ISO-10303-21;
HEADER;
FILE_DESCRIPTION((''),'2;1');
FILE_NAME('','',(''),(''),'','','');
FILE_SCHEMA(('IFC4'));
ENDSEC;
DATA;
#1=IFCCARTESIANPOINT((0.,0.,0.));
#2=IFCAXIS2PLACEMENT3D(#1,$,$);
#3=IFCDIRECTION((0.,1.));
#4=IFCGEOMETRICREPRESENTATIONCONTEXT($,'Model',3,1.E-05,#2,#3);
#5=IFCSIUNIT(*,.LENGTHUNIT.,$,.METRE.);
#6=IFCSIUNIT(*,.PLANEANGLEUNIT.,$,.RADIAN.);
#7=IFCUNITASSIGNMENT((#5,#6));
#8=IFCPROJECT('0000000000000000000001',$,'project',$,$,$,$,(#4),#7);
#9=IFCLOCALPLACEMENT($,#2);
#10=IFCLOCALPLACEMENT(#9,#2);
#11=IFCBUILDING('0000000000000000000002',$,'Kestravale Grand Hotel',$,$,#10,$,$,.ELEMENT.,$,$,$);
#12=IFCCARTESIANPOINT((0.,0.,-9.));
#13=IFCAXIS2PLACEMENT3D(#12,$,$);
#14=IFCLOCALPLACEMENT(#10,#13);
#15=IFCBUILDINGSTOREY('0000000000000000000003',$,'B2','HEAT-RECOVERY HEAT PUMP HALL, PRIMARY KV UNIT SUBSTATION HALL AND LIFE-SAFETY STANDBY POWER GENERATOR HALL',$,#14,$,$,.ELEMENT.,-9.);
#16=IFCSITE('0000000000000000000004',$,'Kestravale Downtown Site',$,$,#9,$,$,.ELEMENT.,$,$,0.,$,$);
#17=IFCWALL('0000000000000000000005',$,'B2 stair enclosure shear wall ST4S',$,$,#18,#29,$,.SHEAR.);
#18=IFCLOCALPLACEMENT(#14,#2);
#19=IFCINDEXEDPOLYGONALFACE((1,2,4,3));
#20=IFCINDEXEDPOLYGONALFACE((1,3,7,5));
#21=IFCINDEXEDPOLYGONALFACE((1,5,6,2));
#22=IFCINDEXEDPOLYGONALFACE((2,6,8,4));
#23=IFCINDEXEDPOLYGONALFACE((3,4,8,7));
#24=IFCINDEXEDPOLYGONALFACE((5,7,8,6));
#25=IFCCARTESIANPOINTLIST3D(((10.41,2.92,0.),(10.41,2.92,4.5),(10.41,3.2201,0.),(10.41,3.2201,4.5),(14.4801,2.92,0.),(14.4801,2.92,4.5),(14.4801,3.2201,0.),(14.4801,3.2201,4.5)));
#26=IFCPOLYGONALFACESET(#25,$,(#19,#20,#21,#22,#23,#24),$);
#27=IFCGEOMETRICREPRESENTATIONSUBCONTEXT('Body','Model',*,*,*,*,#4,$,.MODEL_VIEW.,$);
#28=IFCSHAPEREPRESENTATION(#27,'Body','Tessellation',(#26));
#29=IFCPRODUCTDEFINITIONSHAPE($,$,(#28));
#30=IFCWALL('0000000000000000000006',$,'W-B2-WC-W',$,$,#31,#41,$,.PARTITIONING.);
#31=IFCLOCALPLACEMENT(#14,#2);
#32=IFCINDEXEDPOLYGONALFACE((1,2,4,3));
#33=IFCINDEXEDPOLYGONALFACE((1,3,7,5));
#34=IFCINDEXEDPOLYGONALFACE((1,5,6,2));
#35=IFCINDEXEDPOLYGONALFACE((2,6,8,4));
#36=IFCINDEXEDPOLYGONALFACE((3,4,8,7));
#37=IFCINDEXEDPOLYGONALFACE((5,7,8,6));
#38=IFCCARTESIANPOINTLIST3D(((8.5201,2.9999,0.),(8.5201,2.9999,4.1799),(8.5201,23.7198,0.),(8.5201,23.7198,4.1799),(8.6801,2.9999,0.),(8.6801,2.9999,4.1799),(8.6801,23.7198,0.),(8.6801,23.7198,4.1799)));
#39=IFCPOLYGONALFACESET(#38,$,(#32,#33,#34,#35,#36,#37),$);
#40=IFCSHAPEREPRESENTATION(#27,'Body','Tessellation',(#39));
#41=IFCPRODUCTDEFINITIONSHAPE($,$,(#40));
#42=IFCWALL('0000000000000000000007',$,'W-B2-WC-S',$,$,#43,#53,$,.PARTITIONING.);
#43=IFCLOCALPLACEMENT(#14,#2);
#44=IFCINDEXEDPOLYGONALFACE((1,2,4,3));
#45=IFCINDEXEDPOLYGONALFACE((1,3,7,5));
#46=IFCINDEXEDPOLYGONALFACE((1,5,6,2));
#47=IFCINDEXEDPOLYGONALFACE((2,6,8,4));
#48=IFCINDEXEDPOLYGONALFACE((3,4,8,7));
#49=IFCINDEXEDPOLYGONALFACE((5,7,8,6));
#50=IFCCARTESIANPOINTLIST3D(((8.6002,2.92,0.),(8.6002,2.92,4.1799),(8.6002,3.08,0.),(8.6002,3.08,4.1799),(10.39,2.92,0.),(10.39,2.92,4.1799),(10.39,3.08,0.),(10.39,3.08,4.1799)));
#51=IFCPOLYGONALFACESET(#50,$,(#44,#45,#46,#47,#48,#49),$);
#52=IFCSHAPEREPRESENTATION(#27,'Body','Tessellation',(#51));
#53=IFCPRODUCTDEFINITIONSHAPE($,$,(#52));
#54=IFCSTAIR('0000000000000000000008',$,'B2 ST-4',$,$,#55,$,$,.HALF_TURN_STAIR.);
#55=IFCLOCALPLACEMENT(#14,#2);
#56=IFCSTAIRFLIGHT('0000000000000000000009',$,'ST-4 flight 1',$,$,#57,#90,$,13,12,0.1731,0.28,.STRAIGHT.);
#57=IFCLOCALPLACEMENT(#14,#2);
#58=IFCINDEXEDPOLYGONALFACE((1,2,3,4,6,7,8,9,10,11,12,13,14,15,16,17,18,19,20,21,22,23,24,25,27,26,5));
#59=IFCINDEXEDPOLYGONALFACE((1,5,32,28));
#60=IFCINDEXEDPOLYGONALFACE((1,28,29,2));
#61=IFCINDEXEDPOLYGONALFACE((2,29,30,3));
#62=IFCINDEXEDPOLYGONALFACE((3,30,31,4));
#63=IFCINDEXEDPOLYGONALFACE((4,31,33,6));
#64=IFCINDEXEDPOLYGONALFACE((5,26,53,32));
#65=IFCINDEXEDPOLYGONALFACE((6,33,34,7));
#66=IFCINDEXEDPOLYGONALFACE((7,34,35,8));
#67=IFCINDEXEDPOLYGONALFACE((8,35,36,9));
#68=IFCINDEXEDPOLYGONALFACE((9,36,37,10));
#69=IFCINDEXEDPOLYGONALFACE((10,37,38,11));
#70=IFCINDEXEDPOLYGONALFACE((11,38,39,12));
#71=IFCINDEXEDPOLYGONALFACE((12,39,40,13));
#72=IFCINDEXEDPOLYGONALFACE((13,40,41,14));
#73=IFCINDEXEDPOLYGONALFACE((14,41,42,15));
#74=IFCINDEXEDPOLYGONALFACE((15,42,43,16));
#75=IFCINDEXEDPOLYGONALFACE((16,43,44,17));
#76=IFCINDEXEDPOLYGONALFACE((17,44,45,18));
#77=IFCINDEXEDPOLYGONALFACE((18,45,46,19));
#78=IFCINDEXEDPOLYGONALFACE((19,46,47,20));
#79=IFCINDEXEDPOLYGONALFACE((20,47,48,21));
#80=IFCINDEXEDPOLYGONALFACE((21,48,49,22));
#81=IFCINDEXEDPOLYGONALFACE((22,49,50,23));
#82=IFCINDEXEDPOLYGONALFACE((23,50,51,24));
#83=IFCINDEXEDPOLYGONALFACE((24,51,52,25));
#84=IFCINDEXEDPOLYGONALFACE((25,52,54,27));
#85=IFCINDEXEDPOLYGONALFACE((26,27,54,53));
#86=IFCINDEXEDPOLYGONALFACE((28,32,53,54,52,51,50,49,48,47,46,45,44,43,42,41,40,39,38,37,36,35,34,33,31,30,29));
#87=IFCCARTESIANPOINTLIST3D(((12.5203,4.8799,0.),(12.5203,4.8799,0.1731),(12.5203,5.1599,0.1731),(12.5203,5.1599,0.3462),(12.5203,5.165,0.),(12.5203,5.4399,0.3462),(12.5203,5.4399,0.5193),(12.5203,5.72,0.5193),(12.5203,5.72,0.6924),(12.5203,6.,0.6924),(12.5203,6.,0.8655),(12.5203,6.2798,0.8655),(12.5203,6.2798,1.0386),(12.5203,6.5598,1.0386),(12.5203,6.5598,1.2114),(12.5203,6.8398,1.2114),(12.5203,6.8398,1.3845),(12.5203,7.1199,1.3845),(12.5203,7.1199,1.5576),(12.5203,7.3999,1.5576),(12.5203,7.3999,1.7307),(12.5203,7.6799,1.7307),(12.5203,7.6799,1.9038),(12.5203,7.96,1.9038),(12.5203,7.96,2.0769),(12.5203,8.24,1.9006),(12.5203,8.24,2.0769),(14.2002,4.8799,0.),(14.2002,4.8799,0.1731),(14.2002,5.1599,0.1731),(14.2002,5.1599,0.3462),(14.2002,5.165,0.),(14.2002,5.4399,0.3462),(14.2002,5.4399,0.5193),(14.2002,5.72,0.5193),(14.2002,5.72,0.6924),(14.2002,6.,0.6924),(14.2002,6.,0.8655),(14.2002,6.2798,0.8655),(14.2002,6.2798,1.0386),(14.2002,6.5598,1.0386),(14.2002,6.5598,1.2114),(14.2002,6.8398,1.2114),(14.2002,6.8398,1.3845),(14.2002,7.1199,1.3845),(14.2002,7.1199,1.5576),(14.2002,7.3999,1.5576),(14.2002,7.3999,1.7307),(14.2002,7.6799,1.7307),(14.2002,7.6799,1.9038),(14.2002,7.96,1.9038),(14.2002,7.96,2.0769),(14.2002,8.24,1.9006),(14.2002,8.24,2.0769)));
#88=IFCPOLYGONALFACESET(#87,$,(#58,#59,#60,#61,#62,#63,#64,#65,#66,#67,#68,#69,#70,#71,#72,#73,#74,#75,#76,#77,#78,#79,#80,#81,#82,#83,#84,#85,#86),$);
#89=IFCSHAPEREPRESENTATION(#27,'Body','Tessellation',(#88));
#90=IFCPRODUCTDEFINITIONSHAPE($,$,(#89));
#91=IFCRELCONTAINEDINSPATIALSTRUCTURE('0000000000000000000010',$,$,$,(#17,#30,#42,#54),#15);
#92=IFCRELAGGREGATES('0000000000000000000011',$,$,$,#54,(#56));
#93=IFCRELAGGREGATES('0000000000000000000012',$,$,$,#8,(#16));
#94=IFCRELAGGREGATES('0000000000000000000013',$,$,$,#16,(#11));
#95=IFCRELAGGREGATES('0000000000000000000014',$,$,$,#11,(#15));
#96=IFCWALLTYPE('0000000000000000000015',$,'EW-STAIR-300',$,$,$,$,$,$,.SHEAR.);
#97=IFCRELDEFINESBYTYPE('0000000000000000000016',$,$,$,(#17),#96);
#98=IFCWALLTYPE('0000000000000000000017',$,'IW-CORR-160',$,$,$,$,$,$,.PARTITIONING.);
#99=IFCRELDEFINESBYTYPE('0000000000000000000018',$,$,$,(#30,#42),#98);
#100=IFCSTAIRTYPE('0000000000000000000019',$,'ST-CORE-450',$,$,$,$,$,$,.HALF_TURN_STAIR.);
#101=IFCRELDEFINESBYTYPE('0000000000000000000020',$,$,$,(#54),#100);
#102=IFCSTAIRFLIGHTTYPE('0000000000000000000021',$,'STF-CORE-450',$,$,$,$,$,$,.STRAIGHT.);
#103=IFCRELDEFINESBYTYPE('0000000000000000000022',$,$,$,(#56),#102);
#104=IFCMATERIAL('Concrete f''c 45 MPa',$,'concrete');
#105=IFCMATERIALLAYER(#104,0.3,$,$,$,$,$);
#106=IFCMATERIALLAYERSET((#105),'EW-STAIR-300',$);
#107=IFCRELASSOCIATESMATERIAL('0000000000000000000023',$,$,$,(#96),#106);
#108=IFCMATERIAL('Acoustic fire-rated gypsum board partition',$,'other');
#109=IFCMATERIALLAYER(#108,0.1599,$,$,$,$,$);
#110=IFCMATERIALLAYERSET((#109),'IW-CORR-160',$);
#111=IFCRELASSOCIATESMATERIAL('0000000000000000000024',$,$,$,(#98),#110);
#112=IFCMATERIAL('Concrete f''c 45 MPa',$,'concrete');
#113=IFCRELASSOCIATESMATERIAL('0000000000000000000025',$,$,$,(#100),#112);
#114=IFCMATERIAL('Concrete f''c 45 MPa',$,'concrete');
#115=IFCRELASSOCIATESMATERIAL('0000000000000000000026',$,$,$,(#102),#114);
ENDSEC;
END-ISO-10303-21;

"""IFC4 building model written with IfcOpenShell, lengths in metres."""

from ifc_helpers import new_model, si_unit, direction, frame, frame_2d, origin, place, context, subcontext, project, spatial, polyline, rectangle, outline, extrude, material, layer, layer_set, type_object, element, aggregate, save


model = new_model("IFC4")

# Units and contexts
model_context = context("Model", 3, precision=1e-05, world=origin(), true_north=direction((0.0, 1.0)))
body_context = subcontext(model_context, "Body", "Model", "MODEL_VIEW")
ifc_project = project(units=[si_unit("LENGTHUNIT", "METRE"), si_unit("PLANEANGLEUNIT", "RADIAN")], contexts=[model_context])

# Site, building, storey
site_placement = place(None, origin())
site = spatial("IfcSite", under=ifc_project, at=site_placement, Name="Kestravale Downtown Site", CompositionType="ELEMENT", RefElevation=0.0)
building_placement = place(site_placement, origin())
building = spatial("IfcBuilding", under=site, at=building_placement, Name="Kestravale Grand Hotel", CompositionType="ELEMENT")
storey_placement = place(building_placement, frame((0.0, 0.0, -9.0)))
storey = spatial("IfcBuildingStorey", under=building, at=storey_placement, Name="B2", Description="HEAT-RECOVERY HEAT PUMP HALL, PRIMARY KV UNIT SUBSTATION HALL AND LIFE-SAFETY STANDBY POWER GENERATOR HALL", CompositionType="ELEMENT", Elevation=-9.0)

# Shared definitions
ifc_material_1 = material(Name="Concrete f'c 45 MPa", Category="concrete")
ifc_layer_1 = layer(ifc_material_1, 0.3)
ifc_layer_set_1 = layer_set([ifc_layer_1], Name="EW-STAIR-300")
wall_type_1 = type_object("IfcWallType", Name="EW-STAIR-300", PredefinedType="SHEAR", material=ifc_layer_set_1)

# Walls
wall_1_placement = place(storey_placement, frame((10.4099, 3.0701, 0.0), z_axis=(0.0, 0.0, 1.0), x_axis=(1.0, 0.0, 0.0)))
element("IfcWall", 1, at=wall_1_placement, inside=storey, type_object=wall_type_1, Name="B2 stair enclosure shear wall ST4S", PredefinedType="SHEAR", context=body_context, shape_type="SweptSolid", body=[
    extrude(rectangle(XDim=4.0701, YDim=0.3, at=frame_2d((2.0352, 0.0))), origin(), (0.0, 0.0, 1.0), 4.5),
])
ifc_material_2 = material(Name="Acoustic fire-rated gypsum board partition", Category="other")
ifc_layer_2 = layer(ifc_material_2, 0.1599)
ifc_layer_set_2 = layer_set([ifc_layer_2], Name="IW-CORR-160")
wall_type_2 = type_object("IfcWallType", Name="IW-CORR-160", PredefinedType="PARTITIONING", material=ifc_layer_set_2)
wall_2_placement = place(storey_placement, frame((8.6001, 3.0, 0.0), z_axis=(0.0, 0.0, 1.0), x_axis=(0.0, 1.0, 0.0)))
element("IfcWall", 2, at=wall_2_placement, inside=storey, type_object=wall_type_2, Name="W-B2-WC-W", PredefinedType="PARTITIONING", context=body_context, shape_type="SweptSolid", body=[
    extrude(rectangle(XDim=20.72, YDim=0.1599, at=frame_2d((10.3599, 0.0))), origin(), (0.0, 0.0, 1.0), 4.1799),
])
wall_3_placement = place(storey_placement, frame((8.6001, 3.0, 0.0), z_axis=(0.0, 0.0, 1.0), x_axis=(1.0, 0.0, 0.0)))
element("IfcWall", 3, at=wall_3_placement, inside=storey, type_object=wall_type_2, Name="W-B2-WC-S", PredefinedType="PARTITIONING", context=body_context, shape_type="SweptSolid", body=[
    extrude(rectangle(XDim=1.7898, YDim=0.1599, at=frame_2d((0.895, 0.0))), origin(), (0.0, 0.0, 1.0), 4.1799),
])

# Stair, stair flight
ifc_material_3 = material(Name="Concrete f'c 45 MPa", Category="concrete")
stair_type = type_object("IfcStairType", Name="ST-CORE-450", PredefinedType="HALF_TURN_STAIR", material=ifc_material_3)
stair_placement = place(storey_placement, origin())
stair = element("IfcStair", 4, at=stair_placement, inside=storey, type_object=stair_type, Name="B2 ST-4", PredefinedType="HALF_TURN_STAIR")
ifc_material_4 = material(Name="Concrete f'c 45 MPa", Category="concrete")
stair_flight_type = type_object("IfcStairFlightType", Name="STF-CORE-450", PredefinedType="STRAIGHT", material=ifc_material_4)
stair_flight_placement = place(storey_placement, frame((13.3601, 4.8799, 0.0), z_axis=(0.0, 0.0, 1.0), x_axis=(0.0, 1.0, 0.0)))
stair_flight = element("IfcStairFlight", 5, at=stair_flight_placement, type_object=stair_flight_type, Name="ST-4 flight 1", NumberOfRisers=13, NumberOfTreads=12, PredefinedType="STRAIGHT", RiserHeight=0.1731, TreadLength=0.28, context=body_context, shape_type="SweptSolid", body=[
    extrude(outline(polyline([(0.0, 0.0), (0.0, 0.1731), (0.28, 0.1731), (0.28, 0.3462), (0.5601, 0.3462), (0.5601, 0.5193), (0.8401, 0.5193), (0.8401, 0.6924), (1.1201, 0.6924), (1.1201, 0.8655), (1.3999, 0.8655), (1.3999, 1.0386), (1.6799, 1.0386), (1.6799, 1.2114), (1.96, 1.2114), (1.96, 1.3845), (2.24, 1.3845), (2.24, 1.5576), (2.52, 1.5576), (2.52, 1.7307), (2.8, 1.7307), (2.8, 1.9038), (3.0801, 1.9038), (3.0801, 2.0769), (3.3601, 2.0769), (3.3601, 2.25), (3.3601, 1.9006), (0.2852, 0.0), (0.0, 0.0)])), frame((0.0, 0.8398, 0.0), z_axis=(0.0, -1.0, 0.0), x_axis=(1.0, 0.0, 0.0)), (0.0, 0.0, 1.0), 1.6799),
])
aggregate(stair, [stair_flight])

save(model, "model.ifc")
